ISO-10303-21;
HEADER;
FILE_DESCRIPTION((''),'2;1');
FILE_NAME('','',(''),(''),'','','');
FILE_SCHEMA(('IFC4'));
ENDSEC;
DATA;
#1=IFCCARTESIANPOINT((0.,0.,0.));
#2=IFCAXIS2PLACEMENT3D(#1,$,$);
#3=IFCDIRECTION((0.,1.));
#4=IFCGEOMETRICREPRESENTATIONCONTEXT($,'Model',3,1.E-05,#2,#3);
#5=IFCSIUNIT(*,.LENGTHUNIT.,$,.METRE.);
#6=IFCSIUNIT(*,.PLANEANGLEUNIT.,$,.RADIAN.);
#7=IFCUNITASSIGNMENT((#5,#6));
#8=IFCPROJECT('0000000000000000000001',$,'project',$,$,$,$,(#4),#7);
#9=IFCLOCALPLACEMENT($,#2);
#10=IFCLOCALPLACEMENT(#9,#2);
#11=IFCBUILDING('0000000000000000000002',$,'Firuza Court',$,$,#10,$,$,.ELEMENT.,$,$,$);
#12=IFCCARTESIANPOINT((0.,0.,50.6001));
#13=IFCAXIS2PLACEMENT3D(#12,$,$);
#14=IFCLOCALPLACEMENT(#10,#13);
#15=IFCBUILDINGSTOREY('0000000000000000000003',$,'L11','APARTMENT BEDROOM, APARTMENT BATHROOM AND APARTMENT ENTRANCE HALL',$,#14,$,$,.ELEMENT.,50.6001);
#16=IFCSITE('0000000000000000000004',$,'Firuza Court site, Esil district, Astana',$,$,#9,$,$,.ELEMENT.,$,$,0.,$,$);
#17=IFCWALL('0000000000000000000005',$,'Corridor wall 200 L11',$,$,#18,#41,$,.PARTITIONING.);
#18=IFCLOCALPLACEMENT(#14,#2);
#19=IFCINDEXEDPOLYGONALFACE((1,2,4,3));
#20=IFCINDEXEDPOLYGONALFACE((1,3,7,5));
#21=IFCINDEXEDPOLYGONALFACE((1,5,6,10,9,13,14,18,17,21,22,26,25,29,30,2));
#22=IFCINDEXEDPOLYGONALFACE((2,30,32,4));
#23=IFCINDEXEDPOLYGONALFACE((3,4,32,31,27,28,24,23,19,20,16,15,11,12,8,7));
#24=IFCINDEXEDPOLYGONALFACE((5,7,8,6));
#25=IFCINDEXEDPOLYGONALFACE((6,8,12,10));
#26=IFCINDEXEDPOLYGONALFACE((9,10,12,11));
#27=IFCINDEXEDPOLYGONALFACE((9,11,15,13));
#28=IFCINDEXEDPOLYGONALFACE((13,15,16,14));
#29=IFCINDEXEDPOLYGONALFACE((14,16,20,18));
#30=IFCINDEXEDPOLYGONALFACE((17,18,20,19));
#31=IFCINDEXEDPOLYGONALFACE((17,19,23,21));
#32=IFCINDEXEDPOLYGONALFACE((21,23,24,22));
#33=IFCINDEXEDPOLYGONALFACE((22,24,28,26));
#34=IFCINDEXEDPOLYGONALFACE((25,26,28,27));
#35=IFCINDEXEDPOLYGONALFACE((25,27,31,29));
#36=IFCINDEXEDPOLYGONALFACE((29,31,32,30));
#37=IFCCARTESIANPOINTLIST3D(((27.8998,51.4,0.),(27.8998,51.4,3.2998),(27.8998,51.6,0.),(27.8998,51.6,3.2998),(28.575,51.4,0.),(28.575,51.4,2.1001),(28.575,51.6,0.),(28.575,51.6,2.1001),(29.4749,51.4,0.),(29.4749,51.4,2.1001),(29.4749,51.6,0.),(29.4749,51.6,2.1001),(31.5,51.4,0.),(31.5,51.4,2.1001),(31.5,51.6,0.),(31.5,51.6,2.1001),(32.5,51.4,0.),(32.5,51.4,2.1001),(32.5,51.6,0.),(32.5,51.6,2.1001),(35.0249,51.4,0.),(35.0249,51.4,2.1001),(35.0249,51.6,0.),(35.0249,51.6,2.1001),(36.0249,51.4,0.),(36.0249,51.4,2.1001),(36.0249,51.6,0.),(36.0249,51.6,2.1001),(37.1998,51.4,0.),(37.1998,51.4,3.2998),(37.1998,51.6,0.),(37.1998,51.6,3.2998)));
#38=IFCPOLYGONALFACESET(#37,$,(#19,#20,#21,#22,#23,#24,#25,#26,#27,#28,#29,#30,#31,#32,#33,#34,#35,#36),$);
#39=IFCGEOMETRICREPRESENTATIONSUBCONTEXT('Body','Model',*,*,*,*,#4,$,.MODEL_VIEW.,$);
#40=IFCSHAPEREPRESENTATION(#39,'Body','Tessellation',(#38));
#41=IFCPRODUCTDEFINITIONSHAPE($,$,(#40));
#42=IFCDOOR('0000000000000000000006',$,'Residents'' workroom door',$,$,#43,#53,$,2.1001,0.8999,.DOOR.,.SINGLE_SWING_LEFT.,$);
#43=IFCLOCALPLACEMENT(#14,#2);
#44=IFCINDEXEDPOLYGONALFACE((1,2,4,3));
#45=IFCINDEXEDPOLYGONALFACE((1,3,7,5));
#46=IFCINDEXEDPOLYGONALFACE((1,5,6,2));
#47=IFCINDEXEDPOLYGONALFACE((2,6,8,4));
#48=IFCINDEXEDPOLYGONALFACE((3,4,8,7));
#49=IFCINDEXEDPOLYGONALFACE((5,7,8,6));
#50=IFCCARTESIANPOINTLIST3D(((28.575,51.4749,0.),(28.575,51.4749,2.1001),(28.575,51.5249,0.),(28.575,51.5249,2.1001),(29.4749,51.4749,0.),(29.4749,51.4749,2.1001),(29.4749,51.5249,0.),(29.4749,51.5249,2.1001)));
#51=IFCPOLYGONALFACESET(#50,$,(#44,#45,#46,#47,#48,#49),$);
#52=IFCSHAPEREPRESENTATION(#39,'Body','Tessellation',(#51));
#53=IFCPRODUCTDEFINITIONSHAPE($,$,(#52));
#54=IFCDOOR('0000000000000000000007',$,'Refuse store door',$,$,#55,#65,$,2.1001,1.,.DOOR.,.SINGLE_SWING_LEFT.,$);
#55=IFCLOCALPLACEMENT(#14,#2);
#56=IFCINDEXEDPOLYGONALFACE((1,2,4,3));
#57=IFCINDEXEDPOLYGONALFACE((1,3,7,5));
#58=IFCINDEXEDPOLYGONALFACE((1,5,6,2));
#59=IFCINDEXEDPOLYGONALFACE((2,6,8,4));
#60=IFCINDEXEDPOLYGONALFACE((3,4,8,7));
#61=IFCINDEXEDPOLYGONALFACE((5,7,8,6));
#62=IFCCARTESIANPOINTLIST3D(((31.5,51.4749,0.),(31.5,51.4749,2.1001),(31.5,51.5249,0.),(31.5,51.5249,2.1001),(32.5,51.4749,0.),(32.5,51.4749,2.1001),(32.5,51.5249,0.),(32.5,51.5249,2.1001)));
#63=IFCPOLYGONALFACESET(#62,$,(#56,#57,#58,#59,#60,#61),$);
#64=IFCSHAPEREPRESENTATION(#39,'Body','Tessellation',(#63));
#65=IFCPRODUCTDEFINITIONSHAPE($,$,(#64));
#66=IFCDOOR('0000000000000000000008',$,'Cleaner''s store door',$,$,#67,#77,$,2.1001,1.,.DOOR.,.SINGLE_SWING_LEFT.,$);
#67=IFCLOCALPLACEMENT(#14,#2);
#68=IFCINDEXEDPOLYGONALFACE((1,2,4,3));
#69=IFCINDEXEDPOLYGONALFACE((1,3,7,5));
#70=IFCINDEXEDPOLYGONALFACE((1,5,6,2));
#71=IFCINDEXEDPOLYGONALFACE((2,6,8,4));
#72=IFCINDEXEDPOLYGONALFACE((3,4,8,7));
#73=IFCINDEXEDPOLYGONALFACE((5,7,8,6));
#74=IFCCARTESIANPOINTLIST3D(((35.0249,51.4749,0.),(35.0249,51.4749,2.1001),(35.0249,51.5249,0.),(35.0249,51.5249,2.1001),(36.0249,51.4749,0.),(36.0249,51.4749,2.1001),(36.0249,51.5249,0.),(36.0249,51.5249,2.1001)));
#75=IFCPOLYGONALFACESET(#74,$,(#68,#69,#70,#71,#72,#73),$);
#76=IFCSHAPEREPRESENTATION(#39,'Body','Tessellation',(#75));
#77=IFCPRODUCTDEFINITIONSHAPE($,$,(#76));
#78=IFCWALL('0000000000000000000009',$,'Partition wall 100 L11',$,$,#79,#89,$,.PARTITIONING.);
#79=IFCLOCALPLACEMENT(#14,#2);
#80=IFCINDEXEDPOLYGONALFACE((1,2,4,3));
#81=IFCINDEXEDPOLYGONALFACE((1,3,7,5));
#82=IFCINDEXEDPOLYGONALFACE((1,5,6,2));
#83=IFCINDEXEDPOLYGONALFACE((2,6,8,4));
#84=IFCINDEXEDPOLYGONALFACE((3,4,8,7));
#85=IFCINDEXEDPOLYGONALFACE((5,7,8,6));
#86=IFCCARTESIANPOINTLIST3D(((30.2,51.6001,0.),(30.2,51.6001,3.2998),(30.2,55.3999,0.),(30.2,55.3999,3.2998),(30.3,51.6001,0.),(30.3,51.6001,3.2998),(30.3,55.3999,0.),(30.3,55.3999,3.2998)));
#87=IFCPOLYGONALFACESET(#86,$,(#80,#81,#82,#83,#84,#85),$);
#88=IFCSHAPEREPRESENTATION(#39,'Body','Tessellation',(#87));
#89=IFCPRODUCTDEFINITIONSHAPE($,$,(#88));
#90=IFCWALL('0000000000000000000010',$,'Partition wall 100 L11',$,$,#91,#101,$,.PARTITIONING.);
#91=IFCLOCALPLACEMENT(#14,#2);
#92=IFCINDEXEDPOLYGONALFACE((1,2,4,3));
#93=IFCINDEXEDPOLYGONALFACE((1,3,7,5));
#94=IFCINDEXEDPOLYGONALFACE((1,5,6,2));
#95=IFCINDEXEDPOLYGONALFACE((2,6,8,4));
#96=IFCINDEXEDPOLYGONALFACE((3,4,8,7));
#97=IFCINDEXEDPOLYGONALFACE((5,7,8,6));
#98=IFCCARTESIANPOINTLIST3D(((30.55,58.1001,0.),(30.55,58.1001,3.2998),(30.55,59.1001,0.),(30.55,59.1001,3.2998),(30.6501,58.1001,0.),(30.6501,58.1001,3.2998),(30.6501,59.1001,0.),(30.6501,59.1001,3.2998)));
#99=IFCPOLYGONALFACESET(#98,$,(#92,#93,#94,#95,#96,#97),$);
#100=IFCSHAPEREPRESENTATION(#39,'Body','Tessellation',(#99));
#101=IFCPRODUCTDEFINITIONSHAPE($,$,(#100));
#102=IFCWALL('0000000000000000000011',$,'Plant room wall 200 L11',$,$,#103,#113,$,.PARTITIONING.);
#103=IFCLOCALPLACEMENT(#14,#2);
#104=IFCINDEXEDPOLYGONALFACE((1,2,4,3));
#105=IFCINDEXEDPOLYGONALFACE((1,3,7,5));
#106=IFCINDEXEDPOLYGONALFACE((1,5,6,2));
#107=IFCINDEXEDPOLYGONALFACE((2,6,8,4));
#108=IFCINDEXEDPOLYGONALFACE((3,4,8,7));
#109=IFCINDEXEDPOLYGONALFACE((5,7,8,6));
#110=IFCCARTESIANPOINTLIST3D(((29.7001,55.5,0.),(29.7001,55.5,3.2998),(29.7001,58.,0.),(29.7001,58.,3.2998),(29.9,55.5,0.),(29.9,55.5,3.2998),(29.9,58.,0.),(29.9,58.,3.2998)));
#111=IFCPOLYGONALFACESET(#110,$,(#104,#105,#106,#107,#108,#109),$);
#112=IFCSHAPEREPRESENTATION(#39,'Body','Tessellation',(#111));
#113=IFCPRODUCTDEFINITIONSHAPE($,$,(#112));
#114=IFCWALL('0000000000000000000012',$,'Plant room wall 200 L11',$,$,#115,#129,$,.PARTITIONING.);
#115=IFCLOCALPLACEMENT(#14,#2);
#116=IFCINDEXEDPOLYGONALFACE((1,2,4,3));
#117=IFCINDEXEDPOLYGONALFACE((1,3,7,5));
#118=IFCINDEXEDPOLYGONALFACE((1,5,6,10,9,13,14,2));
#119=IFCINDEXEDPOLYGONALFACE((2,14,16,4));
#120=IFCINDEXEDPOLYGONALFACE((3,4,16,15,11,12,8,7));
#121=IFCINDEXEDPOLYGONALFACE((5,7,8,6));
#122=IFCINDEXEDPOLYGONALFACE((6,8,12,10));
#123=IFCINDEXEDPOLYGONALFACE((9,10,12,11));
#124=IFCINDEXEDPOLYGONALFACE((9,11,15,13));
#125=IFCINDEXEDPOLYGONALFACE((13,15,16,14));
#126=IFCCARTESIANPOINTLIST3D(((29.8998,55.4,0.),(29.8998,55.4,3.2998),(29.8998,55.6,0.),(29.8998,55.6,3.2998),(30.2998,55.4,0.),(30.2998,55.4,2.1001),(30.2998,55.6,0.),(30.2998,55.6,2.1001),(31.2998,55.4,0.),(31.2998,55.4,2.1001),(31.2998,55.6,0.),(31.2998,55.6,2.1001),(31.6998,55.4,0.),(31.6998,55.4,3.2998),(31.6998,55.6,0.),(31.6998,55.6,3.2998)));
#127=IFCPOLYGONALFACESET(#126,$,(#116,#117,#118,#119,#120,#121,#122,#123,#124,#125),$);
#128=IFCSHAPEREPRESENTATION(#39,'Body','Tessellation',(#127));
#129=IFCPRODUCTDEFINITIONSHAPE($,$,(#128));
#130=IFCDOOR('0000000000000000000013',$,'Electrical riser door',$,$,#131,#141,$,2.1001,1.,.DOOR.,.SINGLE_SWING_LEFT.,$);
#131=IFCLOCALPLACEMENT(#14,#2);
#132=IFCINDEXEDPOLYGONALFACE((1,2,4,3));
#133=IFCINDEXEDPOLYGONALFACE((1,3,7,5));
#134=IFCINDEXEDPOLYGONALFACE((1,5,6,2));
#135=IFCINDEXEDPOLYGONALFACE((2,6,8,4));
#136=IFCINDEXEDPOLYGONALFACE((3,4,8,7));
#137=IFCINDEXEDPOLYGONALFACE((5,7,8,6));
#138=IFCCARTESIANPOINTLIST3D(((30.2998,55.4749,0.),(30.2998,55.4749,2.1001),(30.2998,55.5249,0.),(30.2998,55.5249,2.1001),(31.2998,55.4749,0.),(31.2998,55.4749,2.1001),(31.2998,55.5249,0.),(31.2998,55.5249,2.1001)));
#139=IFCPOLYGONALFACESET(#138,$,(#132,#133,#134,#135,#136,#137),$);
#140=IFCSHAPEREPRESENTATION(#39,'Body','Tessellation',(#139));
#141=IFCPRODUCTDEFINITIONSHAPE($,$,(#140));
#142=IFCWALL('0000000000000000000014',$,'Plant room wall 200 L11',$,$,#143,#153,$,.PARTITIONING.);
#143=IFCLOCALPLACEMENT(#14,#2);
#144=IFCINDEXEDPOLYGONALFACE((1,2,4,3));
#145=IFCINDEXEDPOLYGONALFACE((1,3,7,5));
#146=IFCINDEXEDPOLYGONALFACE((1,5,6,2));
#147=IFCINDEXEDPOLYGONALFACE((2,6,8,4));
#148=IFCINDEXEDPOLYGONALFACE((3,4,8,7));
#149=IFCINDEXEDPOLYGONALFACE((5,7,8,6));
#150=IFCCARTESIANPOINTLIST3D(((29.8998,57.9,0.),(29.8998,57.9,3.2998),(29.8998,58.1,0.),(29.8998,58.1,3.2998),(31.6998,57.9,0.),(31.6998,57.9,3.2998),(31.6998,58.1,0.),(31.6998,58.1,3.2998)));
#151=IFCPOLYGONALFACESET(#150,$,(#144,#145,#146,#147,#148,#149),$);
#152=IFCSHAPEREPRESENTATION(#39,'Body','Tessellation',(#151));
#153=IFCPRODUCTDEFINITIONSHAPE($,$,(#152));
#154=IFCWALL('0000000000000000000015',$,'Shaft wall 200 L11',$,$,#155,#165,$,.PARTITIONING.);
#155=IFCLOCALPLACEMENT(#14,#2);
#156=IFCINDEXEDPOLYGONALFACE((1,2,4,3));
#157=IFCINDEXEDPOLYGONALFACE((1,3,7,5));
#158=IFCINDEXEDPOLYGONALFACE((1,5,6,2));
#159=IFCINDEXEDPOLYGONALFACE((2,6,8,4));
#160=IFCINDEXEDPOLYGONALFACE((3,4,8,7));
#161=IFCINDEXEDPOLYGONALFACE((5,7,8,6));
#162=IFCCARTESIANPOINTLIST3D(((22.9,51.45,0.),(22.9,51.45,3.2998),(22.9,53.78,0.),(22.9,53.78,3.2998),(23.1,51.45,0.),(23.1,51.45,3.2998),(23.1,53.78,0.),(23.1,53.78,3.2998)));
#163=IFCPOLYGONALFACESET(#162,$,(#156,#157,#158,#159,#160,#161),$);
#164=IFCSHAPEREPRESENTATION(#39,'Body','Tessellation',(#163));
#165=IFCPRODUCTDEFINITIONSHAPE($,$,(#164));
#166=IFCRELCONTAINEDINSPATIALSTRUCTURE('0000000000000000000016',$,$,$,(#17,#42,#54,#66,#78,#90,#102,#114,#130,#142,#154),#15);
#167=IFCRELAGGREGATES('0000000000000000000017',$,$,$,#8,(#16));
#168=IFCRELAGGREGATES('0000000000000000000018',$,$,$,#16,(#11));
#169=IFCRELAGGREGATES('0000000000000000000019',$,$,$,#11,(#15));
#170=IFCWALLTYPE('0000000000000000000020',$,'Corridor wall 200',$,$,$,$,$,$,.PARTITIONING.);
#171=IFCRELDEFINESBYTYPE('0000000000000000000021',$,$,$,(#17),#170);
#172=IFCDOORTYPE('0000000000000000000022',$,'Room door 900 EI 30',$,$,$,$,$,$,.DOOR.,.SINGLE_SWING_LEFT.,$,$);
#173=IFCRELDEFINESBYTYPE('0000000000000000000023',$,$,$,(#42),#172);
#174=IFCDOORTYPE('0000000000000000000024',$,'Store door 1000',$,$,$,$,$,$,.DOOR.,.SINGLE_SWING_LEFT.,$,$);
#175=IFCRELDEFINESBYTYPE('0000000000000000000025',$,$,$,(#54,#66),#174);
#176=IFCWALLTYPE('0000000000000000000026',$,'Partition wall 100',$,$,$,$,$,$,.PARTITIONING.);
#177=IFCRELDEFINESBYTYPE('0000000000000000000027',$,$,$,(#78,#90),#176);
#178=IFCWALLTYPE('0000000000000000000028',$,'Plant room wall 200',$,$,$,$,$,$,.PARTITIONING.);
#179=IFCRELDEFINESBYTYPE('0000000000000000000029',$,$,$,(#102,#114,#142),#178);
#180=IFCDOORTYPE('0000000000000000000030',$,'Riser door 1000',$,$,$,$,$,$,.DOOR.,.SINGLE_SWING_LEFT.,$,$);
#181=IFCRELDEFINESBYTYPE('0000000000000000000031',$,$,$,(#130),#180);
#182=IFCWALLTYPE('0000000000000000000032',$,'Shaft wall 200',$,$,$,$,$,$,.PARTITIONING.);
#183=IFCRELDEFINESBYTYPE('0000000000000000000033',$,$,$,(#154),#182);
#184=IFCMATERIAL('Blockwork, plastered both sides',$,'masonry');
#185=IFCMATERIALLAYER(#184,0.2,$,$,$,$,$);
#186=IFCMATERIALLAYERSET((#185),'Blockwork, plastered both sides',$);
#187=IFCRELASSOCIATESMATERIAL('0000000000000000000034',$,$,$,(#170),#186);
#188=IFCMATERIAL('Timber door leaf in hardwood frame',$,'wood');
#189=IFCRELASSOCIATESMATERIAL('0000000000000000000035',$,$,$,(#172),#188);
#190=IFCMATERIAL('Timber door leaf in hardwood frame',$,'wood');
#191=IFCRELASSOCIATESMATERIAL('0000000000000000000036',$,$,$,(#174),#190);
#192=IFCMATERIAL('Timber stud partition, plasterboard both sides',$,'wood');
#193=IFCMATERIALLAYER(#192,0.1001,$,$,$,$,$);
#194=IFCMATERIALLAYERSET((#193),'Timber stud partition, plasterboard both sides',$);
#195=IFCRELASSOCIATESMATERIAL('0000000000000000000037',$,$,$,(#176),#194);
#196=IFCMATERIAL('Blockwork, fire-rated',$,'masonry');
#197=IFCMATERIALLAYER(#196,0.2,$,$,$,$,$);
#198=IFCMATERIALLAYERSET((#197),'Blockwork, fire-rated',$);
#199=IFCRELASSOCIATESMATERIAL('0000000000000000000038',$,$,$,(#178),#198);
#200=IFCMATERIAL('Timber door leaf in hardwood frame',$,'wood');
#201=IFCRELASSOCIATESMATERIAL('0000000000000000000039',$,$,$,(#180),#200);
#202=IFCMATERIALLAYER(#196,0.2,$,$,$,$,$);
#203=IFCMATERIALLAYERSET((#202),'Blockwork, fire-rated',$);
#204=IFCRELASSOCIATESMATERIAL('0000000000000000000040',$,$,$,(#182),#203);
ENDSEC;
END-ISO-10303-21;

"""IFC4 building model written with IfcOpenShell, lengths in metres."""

from ifc_helpers import new_model, si_unit, direction, frame, frame_2d, origin, place, context, subcontext, project, spatial, rectangle, extrude, material, layer, layer_set, type_object, element, fill, save


model = new_model("IFC4")

# Units and contexts
model_context = context("Model", 3, precision=1e-05, world=origin(), true_north=direction((0.0, 1.0)))
body_context = subcontext(model_context, "Body", "Model", "MODEL_VIEW")
ifc_project = project(units=[si_unit("LENGTHUNIT", "METRE"), si_unit("PLANEANGLEUNIT", "RADIAN")], contexts=[model_context])

# Site, building, storey
site_placement = place(None, origin())
site = spatial("IfcSite", under=ifc_project, at=site_placement, Name="Firuza Court site, Esil district, Astana", CompositionType="ELEMENT", RefElevation=0.0)
building_placement = place(site_placement, origin())
building = spatial("IfcBuilding", under=site, at=building_placement, Name="Firuza Court", CompositionType="ELEMENT")
storey_placement = place(building_placement, frame((0.0, 0.0, 50.6001)))
storey = spatial("IfcBuildingStorey", under=building, at=storey_placement, Name="L11", Description="APARTMENT BEDROOM, APARTMENT BATHROOM AND APARTMENT ENTRANCE HALL", CompositionType="ELEMENT", Elevation=50.6001)

# Wall, openings, doors
ifc_material_1 = material(Name="Blockwork, plastered both sides", Category="masonry")
ifc_layer_1 = layer(ifc_material_1, 0.2)
ifc_layer_set_1 = layer_set([ifc_layer_1], Name="Blockwork, plastered both sides")
wall_type_1 = type_object("IfcWallType", Name="Corridor wall 200", PredefinedType="PARTITIONING", material=ifc_layer_set_1)
wall_1_placement = place(storey_placement, frame((27.8999, 51.5, 0.0), z_axis=(0.0, 0.0, 1.0), x_axis=(1.0, 0.0, 0.0)))
wall_1 = element("IfcWall", 1, at=wall_1_placement, inside=storey, type_object=wall_type_1, Name="Corridor wall 200 L11", PredefinedType="PARTITIONING", context=body_context, shape_type="SweptSolid", body=[
    extrude(rectangle(XDim=9.3, YDim=0.2, at=frame_2d((4.6499, 0.0))), origin(), (0.0, 0.0, 1.0), 3.2998),
])
opening_1_placement = place(wall_1_placement, frame((0.675, 0.0, 0.0)))
opening_1 = element("IfcOpeningElement", 2, at=opening_1_placement, cuts=wall_1, PredefinedType="OPENING", context=body_context, shape_type="SweptSolid", body=[
    extrude(rectangle(XDim=0.8999, YDim=2.1001, at=frame_2d((0.45, 1.05))), frame((0.0, 0.1118, 0.0), z_axis=(0.0, -1.0, 0.0), x_axis=(1.0, 0.0, 0.0)), (0.0, 0.0, 1.0), 0.2239),
])
opening_2_placement = place(wall_1_placement, frame((3.6001, 0.0, 0.0)))
opening_2 = element("IfcOpeningElement", 3, at=opening_2_placement, cuts=wall_1, PredefinedType="OPENING", context=body_context, shape_type="SweptSolid", body=[
    extrude(rectangle(XDim=1.0, YDim=2.1001, at=frame_2d((0.5, 1.05))), frame((0.0, 0.1118, 0.0), z_axis=(0.0, -1.0, 0.0), x_axis=(1.0, 0.0, 0.0)), (0.0, 0.0, 1.0), 0.2239),
])
opening_3_placement = place(wall_1_placement, frame((7.125, 0.0, 0.0)))
opening_3 = element("IfcOpeningElement", 4, at=opening_3_placement, cuts=wall_1, PredefinedType="OPENING", context=body_context, shape_type="SweptSolid", body=[
    extrude(rectangle(XDim=1.0, YDim=2.1001, at=frame_2d((0.5, 1.05))), frame((0.0, 0.1118, 0.0), z_axis=(0.0, -1.0, 0.0), x_axis=(1.0, 0.0, 0.0)), (0.0, 0.0, 1.0), 0.2239),
])
ifc_material_2 = material(Name="Timber door leaf in hardwood frame", Category="wood")
door_type_1 = type_object("IfcDoorType", Name="Room door 900 EI 30", OperationType="SINGLE_SWING_LEFT", PredefinedType="DOOR", material=ifc_material_2)
door_1_placement = place(opening_1_placement, origin())
door_1 = element("IfcDoor", 5, at=door_1_placement, inside=storey, type_object=door_type_1, Name="Residents' workroom door", OperationType="SINGLE_SWING_LEFT", OverallHeight=2.1001, OverallWidth=0.8999, PredefinedType="DOOR", context=body_context, shape_type="SweptSolid", body=[
    extrude(rectangle(XDim=0.8999, YDim=2.1001, at=frame_2d((0.45, 1.05))), frame((0.0, 0.0249, 0.0), z_axis=(0.0, -1.0, 0.0), x_axis=(1.0, 0.0, 0.0)), (0.0, 0.0, 1.0), 0.05),
])
fill(opening_1, door_1)
ifc_material_3 = material(Name="Timber door leaf in hardwood frame", Category="wood")
door_type_2 = type_object("IfcDoorType", Name="Store door 1000", OperationType="SINGLE_SWING_LEFT", PredefinedType="DOOR", material=ifc_material_3)
door_2_placement = place(opening_2_placement, origin())
door_2 = element("IfcDoor", 6, at=door_2_placement, inside=storey, type_object=door_type_2, Name="Refuse store door", OperationType="SINGLE_SWING_LEFT", OverallHeight=2.1001, OverallWidth=1.0, PredefinedType="DOOR", context=body_context, shape_type="SweptSolid", body=[
    extrude(rectangle(XDim=1.0, YDim=2.1001, at=frame_2d((0.5, 1.05))), frame((0.0, 0.0249, 0.0), z_axis=(0.0, -1.0, 0.0), x_axis=(1.0, 0.0, 0.0)), (0.0, 0.0, 1.0), 0.05),
])
fill(opening_2, door_2)
door_3_placement = place(opening_3_placement, origin())
door_3 = element("IfcDoor", 7, at=door_3_placement, inside=storey, type_object=door_type_2, Name="Cleaner's store door", OperationType="SINGLE_SWING_LEFT", OverallHeight=2.1001, OverallWidth=1.0, PredefinedType="DOOR", context=body_context, shape_type="SweptSolid", body=[
    extrude(rectangle(XDim=1.0, YDim=2.1001, at=frame_2d((0.5, 1.05))), frame((0.0, 0.0249, 0.0), z_axis=(0.0, -1.0, 0.0), x_axis=(1.0, 0.0, 0.0)), (0.0, 0.0, 1.0), 0.05),
])
fill(opening_3, door_3)

# Walls
ifc_material_4 = material(Name="Timber stud partition, plasterboard both sides", Category="wood")
ifc_layer_2 = layer(ifc_material_4, 0.1001)
ifc_layer_set_2 = layer_set([ifc_layer_2], Name="Timber stud partition, plasterboard both sides")
wall_type_2 = type_object("IfcWallType", Name="Partition wall 100", PredefinedType="PARTITIONING", material=ifc_layer_set_2)
wall_2_placement = place(storey_placement, frame((30.25, 51.6001, 0.0), z_axis=(0.0, 0.0, 1.0), x_axis=(0.0, 1.0, 0.0)))
element("IfcWall", 8, at=wall_2_placement, inside=storey, type_object=wall_type_2, Name="Partition wall 100 L11", PredefinedType="PARTITIONING", context=body_context, shape_type="SweptSolid", body=[
    extrude(rectangle(XDim=3.7998, YDim=0.1001, at=frame_2d((1.8999, 0.0))), origin(), (0.0, 0.0, 1.0), 3.2998),
])
wall_3_placement = place(storey_placement, frame((30.6001, 58.1001, 0.0), z_axis=(0.0, 0.0, 1.0), x_axis=(0.0, 1.0, 0.0)))
element("IfcWall", 9, at=wall_3_placement, inside=storey, type_object=wall_type_2, Name="Partition wall 100 L11", PredefinedType="PARTITIONING", context=body_context, shape_type="SweptSolid", body=[
    extrude(rectangle(XDim=1.0, YDim=0.1001, at=frame_2d((0.5, 0.0))), origin(), (0.0, 0.0, 1.0), 3.2998),
])
ifc_material_5 = material(Name="Blockwork, fire-rated", Category="masonry")
ifc_layer_3 = layer(ifc_material_5, 0.2)
ifc_layer_set_3 = layer_set([ifc_layer_3], Name="Blockwork, fire-rated")
wall_type_3 = type_object("IfcWallType", Name="Plant room wall 200", PredefinedType="PARTITIONING", material=ifc_layer_set_3)
wall_4_placement = place(storey_placement, frame((29.8, 55.5, 0.0), z_axis=(0.0, 0.0, 1.0), x_axis=(0.0, 1.0, 0.0)))
element("IfcWall", 10, at=wall_4_placement, inside=storey, type_object=wall_type_3, Name="Plant room wall 200 L11", PredefinedType="PARTITIONING", context=body_context, shape_type="SweptSolid", body=[
    extrude(rectangle(XDim=2.5, YDim=0.2, at=frame_2d((1.25, 0.0))), origin(), (0.0, 0.0, 1.0), 3.2998),
])

# Wall, opening, door
wall_5_placement = place(storey_placement, frame((29.8999, 55.5, 0.0), z_axis=(0.0, 0.0, 1.0), x_axis=(1.0, 0.0, 0.0)))
wall_5 = element("IfcWall", 11, at=wall_5_placement, inside=storey, type_object=wall_type_3, Name="Plant room wall 200 L11", PredefinedType="PARTITIONING", context=body_context, shape_type="SweptSolid", body=[
    extrude(rectangle(XDim=1.8, YDim=0.2, at=frame_2d((0.8999, 0.0))), origin(), (0.0, 0.0, 1.0), 3.2998),
])
opening_4_placement = place(wall_5_placement, frame((0.3999, 0.0, 0.0)))
opening_4 = element("IfcOpeningElement", 12, at=opening_4_placement, cuts=wall_5, PredefinedType="OPENING", context=body_context, shape_type="SweptSolid", body=[
    extrude(rectangle(XDim=1.0, YDim=2.1001, at=frame_2d((0.5, 1.05))), frame((0.0, 0.1118, 0.0), z_axis=(0.0, -1.0, 0.0), x_axis=(1.0, 0.0, 0.0)), (0.0, 0.0, 1.0), 0.2239),
])
ifc_material_6 = material(Name="Timber door leaf in hardwood frame", Category="wood")
door_type_3 = type_object("IfcDoorType", Name="Riser door 1000", OperationType="SINGLE_SWING_LEFT", PredefinedType="DOOR", material=ifc_material_6)
door_4_placement = place(opening_4_placement, origin())
door_4 = element("IfcDoor", 13, at=door_4_placement, inside=storey, type_object=door_type_3, Name="Electrical riser door", OperationType="SINGLE_SWING_LEFT", OverallHeight=2.1001, OverallWidth=1.0, PredefinedType="DOOR", context=body_context, shape_type="SweptSolid", body=[
    extrude(rectangle(XDim=1.0, YDim=2.1001, at=frame_2d((0.5, 1.05))), frame((0.0, 0.0249, 0.0), z_axis=(0.0, -1.0, 0.0), x_axis=(1.0, 0.0, 0.0)), (0.0, 0.0, 1.0), 0.05),
])
fill(opening_4, door_4)

# Walls
wall_6_placement = place(storey_placement, frame((29.8999, 58.0, 0.0), z_axis=(0.0, 0.0, 1.0), x_axis=(1.0, 0.0, 0.0)))
element("IfcWall", 14, at=wall_6_placement, inside=storey, type_object=wall_type_3, Name="Plant room wall 200 L11", PredefinedType="PARTITIONING", context=body_context, shape_type="SweptSolid", body=[
    extrude(rectangle(XDim=1.8, YDim=0.2, at=frame_2d((0.8999, 0.0))), origin(), (0.0, 0.0, 1.0), 3.2998),
])
ifc_layer_4 = layer(ifc_material_5, 0.2)
ifc_layer_set_4 = layer_set([ifc_layer_4], Name="Blockwork, fire-rated")
wall_type_4 = type_object("IfcWallType", Name="Shaft wall 200", PredefinedType="PARTITIONING", material=ifc_layer_set_4)
wall_7_placement = place(storey_placement, frame((23.0, 51.45, 0.0), z_axis=(0.0, 0.0, 1.0), x_axis=(0.0, 1.0, 0.0)))
element("IfcWall", 15, at=wall_7_placement, inside=storey, type_object=wall_type_4, Name="Shaft wall 200 L11", PredefinedType="PARTITIONING", context=body_context, shape_type="SweptSolid", body=[
    extrude(rectangle(XDim=2.3301, YDim=0.2, at=frame_2d((1.165, 0.0))), origin(), (0.0, 0.0, 1.0), 3.2998),
])

save(model, "model.ifc")
